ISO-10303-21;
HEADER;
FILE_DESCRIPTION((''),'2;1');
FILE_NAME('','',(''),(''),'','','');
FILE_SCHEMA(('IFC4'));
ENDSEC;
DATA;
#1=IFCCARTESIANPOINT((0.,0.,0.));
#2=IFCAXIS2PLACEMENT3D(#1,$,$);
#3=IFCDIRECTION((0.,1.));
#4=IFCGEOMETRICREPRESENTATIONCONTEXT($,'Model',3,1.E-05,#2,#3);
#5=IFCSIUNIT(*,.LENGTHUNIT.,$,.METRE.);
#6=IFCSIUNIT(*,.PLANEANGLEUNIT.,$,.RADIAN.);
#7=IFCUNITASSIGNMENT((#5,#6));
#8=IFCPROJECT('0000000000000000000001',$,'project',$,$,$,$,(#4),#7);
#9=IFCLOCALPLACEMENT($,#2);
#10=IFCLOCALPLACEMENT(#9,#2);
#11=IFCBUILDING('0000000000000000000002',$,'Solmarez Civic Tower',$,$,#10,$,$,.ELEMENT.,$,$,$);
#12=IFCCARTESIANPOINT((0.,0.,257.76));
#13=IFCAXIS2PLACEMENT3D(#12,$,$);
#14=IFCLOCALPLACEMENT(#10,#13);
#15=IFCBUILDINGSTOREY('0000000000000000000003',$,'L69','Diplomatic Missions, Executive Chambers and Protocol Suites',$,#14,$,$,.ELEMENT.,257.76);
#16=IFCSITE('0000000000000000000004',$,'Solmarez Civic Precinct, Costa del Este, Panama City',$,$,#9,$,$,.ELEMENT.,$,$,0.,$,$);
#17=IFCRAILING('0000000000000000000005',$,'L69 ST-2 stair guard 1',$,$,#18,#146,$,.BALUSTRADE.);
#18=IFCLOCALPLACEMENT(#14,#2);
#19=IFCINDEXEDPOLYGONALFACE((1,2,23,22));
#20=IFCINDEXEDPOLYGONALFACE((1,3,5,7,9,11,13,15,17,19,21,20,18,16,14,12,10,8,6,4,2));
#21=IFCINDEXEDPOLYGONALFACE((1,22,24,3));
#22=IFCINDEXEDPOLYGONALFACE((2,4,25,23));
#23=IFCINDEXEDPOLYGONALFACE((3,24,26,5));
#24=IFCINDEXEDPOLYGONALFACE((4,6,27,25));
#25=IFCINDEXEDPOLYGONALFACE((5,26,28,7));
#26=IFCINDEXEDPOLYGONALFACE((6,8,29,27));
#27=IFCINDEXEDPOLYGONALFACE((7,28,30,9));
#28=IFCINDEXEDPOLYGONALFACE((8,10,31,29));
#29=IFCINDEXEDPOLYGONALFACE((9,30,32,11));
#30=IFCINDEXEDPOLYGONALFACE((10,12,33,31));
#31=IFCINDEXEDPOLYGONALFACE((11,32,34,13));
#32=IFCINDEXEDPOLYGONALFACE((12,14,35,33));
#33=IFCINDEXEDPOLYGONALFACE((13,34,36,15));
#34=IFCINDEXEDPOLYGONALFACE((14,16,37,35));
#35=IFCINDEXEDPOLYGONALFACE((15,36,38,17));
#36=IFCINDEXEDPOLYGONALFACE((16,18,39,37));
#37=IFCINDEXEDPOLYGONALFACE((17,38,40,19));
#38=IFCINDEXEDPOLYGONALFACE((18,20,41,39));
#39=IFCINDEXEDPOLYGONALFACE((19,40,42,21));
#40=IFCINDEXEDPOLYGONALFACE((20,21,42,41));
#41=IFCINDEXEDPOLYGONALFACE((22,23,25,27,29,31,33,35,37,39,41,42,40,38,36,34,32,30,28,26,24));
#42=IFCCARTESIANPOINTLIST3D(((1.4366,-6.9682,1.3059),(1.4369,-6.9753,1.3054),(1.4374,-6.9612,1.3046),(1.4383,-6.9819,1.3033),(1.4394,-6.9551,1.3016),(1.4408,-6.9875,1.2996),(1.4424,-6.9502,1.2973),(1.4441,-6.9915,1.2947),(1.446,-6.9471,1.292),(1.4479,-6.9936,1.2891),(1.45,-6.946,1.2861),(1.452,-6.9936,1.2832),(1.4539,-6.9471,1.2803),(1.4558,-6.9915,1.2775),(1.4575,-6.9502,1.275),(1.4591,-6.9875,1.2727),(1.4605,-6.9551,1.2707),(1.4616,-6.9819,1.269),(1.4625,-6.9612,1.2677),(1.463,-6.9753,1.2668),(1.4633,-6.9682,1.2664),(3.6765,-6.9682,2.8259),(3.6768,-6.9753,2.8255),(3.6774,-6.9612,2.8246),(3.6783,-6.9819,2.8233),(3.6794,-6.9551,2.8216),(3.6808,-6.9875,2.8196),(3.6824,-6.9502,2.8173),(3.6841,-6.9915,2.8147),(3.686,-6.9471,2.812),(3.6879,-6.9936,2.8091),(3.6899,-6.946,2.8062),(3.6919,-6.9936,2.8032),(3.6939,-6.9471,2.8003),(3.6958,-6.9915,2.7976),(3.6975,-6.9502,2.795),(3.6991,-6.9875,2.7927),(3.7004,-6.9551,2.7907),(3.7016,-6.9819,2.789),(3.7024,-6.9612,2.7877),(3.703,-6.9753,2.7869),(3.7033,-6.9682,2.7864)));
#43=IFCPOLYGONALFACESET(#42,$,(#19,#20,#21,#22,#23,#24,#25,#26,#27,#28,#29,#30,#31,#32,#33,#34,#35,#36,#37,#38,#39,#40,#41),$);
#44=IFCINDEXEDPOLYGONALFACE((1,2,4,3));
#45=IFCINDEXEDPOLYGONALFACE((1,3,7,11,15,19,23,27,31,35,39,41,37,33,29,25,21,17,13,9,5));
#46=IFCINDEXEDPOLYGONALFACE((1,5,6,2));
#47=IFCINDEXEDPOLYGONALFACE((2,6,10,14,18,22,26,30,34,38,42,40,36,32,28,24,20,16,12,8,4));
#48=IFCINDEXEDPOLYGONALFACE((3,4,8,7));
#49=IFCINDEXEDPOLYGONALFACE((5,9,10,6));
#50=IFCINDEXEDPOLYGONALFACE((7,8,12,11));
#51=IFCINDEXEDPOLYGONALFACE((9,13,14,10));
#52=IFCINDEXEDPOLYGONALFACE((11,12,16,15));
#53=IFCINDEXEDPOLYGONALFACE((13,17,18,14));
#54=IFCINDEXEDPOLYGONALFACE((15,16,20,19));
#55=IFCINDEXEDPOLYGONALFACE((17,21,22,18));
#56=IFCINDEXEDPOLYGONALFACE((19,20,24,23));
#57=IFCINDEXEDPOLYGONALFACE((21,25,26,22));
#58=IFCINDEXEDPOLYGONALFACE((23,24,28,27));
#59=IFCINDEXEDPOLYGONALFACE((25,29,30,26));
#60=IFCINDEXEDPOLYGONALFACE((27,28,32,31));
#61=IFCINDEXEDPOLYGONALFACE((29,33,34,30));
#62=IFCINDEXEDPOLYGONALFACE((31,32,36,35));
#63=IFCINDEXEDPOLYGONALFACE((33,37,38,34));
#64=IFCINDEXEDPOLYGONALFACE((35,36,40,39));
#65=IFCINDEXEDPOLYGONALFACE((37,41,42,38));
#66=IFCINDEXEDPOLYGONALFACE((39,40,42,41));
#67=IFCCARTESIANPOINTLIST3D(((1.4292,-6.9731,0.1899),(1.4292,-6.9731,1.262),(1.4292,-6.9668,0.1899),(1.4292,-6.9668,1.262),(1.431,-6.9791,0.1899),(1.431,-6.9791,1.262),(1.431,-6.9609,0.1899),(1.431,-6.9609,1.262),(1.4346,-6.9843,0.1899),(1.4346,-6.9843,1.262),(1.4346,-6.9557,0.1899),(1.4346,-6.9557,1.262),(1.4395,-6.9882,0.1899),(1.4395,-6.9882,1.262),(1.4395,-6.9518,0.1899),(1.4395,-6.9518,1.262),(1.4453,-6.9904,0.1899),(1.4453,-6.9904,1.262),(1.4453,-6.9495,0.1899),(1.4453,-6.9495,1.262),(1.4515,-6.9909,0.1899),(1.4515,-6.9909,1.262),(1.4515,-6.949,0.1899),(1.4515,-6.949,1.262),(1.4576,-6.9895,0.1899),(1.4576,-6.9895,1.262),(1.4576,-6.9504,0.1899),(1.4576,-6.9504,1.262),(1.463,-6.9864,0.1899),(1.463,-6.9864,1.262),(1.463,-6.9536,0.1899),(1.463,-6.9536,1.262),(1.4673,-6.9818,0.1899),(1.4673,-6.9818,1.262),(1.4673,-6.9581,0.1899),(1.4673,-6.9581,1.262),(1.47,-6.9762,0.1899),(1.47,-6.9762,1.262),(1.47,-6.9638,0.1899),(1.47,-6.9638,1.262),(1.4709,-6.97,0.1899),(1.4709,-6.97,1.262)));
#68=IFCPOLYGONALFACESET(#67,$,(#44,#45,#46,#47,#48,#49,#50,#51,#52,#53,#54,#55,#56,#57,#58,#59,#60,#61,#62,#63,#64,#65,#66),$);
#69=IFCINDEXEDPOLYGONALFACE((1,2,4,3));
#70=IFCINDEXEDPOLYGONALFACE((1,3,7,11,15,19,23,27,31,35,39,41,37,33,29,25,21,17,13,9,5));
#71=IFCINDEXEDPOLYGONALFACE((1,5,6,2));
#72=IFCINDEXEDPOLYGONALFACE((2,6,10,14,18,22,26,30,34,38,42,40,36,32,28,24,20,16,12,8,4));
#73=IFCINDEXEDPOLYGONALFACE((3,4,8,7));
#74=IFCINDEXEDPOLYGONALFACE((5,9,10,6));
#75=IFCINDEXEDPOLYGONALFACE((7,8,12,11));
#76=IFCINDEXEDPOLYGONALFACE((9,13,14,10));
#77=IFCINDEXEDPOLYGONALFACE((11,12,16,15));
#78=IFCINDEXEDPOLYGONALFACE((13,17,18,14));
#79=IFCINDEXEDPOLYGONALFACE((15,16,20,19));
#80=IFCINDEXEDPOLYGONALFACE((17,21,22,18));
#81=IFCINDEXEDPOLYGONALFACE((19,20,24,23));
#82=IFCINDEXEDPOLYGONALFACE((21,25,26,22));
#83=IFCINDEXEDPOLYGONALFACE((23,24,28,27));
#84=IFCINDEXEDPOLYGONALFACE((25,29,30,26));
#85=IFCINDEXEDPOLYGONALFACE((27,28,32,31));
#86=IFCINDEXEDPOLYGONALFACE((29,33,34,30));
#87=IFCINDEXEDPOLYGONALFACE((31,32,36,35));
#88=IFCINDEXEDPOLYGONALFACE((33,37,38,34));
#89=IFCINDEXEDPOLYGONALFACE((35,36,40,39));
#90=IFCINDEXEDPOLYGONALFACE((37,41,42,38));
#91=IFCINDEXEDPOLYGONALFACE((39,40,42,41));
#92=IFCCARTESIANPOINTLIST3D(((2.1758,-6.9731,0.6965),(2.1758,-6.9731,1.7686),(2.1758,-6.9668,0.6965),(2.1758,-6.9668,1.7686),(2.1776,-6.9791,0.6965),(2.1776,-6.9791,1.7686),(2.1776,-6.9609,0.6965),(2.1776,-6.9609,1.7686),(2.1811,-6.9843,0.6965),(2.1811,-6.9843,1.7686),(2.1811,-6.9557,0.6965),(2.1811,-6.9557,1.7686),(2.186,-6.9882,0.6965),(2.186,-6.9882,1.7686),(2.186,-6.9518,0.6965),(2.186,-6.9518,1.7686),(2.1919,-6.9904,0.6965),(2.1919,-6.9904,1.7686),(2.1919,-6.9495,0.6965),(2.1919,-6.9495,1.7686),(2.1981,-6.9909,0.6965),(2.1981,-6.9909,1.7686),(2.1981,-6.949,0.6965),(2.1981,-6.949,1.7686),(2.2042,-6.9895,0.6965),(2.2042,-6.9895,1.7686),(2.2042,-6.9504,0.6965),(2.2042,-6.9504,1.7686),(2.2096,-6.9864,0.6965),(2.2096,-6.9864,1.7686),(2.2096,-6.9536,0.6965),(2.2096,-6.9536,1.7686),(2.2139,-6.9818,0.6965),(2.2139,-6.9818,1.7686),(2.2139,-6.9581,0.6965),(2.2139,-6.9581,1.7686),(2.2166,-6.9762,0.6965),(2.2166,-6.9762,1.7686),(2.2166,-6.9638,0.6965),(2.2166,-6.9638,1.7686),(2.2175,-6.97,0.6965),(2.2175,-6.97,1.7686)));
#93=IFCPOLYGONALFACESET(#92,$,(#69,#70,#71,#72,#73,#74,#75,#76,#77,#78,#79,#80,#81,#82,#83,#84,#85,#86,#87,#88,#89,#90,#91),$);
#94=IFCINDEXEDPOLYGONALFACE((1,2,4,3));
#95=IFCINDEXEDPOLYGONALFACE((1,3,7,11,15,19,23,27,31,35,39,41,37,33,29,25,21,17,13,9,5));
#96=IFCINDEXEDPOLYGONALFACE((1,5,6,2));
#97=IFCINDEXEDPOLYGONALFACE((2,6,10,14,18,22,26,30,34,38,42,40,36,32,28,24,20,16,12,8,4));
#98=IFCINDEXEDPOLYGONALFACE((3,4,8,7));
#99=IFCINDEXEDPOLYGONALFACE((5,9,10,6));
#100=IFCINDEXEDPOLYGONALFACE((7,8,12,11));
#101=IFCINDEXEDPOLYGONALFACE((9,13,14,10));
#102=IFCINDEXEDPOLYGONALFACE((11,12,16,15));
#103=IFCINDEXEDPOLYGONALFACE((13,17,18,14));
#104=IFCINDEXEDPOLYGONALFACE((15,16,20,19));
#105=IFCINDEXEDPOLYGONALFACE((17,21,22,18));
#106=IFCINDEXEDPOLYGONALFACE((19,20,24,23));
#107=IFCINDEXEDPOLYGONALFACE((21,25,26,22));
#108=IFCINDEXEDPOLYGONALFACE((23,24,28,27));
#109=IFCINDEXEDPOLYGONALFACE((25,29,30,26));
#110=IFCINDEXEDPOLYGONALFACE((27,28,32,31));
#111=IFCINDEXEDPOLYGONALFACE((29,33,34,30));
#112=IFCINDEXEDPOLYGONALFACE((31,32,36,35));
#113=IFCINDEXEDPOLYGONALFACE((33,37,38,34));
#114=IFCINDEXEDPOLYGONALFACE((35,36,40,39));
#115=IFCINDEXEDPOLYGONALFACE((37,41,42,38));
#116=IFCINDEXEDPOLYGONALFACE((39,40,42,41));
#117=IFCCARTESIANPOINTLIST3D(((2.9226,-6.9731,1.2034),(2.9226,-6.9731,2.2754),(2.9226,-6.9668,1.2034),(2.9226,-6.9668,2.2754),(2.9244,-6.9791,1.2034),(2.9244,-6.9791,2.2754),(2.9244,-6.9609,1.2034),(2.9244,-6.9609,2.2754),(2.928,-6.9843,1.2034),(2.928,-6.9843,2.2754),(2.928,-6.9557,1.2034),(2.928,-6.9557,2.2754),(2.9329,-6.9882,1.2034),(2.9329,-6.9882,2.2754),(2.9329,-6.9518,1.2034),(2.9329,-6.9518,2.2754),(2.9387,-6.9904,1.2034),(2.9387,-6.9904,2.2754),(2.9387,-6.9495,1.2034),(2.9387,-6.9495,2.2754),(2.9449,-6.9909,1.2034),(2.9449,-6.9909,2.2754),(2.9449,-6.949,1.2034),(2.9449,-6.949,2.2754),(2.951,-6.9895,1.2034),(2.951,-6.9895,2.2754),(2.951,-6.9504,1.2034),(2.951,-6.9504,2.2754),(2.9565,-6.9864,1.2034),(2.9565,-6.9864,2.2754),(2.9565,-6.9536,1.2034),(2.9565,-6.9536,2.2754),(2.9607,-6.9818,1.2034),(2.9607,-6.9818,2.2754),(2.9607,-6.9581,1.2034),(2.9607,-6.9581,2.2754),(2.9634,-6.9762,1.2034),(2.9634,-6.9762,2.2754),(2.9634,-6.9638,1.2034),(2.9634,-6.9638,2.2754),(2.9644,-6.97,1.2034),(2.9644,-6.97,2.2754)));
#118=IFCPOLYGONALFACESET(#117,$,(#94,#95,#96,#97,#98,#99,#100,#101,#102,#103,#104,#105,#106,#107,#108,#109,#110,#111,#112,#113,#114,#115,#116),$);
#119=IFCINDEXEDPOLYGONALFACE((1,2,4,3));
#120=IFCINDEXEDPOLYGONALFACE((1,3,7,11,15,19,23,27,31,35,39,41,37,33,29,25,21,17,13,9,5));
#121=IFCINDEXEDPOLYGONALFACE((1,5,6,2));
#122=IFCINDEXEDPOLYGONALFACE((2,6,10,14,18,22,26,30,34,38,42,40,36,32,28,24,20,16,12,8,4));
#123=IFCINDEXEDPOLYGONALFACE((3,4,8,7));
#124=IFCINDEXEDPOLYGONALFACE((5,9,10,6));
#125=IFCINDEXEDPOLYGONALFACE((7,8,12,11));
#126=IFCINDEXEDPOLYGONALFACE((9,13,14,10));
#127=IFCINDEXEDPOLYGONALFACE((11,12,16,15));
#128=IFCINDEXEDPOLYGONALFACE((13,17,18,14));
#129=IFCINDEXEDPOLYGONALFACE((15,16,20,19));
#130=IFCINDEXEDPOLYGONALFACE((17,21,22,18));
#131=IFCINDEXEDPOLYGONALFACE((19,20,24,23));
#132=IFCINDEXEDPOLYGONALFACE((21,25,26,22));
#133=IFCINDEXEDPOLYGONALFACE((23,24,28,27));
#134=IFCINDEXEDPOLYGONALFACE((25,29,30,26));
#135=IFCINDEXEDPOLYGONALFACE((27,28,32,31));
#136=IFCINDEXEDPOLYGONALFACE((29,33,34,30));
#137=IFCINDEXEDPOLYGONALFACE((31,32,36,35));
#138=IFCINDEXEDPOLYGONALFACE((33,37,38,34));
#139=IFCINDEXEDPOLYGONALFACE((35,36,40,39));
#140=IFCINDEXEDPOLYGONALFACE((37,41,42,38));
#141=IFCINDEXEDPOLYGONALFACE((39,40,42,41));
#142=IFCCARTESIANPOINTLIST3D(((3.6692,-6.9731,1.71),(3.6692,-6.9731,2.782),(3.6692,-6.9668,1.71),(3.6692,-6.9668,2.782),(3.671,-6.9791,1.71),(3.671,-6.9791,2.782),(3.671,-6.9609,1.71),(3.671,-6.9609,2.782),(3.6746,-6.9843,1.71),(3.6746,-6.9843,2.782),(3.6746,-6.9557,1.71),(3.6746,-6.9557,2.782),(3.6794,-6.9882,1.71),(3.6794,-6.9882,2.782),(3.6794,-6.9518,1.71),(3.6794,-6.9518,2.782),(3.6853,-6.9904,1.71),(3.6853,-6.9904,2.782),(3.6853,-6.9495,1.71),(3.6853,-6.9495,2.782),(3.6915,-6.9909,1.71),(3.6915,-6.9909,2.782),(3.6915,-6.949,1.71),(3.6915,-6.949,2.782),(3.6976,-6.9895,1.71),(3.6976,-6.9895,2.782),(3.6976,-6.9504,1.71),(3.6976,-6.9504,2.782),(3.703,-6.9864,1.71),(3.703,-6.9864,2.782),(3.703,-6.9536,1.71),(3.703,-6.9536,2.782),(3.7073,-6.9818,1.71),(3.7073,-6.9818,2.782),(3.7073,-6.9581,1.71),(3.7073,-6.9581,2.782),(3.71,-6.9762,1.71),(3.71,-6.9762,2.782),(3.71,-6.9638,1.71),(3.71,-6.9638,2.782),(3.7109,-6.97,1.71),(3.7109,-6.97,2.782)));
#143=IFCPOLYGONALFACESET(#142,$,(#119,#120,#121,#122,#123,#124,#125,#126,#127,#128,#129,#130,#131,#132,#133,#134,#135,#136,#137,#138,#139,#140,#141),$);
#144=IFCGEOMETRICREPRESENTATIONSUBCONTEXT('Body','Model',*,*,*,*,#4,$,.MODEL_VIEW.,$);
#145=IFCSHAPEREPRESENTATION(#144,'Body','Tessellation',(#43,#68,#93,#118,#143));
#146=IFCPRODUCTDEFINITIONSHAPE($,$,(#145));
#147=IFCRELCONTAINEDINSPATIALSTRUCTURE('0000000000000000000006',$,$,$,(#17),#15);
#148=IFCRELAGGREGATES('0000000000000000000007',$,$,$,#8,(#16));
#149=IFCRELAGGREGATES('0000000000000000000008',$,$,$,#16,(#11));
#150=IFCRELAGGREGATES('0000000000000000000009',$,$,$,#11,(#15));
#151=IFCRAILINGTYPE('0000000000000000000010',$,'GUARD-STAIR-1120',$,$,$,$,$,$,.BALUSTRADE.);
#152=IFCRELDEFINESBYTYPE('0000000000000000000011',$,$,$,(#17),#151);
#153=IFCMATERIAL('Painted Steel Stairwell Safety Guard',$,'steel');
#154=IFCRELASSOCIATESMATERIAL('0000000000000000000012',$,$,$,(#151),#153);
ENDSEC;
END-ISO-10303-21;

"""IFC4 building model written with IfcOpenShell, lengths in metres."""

from ifc_helpers import new_model, si_unit, direction, frame, origin, origin_2d, place, context, subcontext, project, spatial, circle, extrude, material, type_object, element, save


model = new_model("IFC4")

# Units and contexts
model_context = context("Model", 3, precision=1e-05, world=origin(), true_north=direction((0.0, 1.0)))
body_context = subcontext(model_context, "Body", "Model", "MODEL_VIEW")
ifc_project = project(units=[si_unit("LENGTHUNIT", "METRE"), si_unit("PLANEANGLEUNIT", "RADIAN")], contexts=[model_context])

# Site, building, storey
site_placement = place(None, origin())
site = spatial("IfcSite", under=ifc_project, at=site_placement, Name="Solmarez Civic Precinct, Costa del Este, Panama City", CompositionType="ELEMENT", RefElevation=0.0)
building_placement = place(site_placement, origin())
building = spatial("IfcBuilding", under=site, at=building_placement, Name="Solmarez Civic Tower", CompositionType="ELEMENT")
storey_placement = place(building_placement, frame((0.0, 0.0, 257.76)))
storey = spatial("IfcBuildingStorey", under=building, at=storey_placement, Name="L69", Description="Diplomatic Missions, Executive Chambers and Protocol Suites", CompositionType="ELEMENT", Elevation=257.76)

# Railing
ifc_material_1 = material(Name="Painted Steel Stairwell Safety Guard", Category="steel")
railing_type_1 = type_object("IfcRailingType", Name="GUARD-STAIR-1120", PredefinedType="BALUSTRADE", material=ifc_material_1)
railing_1_placement = place(storey_placement, frame((1.45, -6.97, 0.1899)))
element("IfcRailing", 1, at=railing_1_placement, inside=storey, type_object=railing_type_1, Name="L69 ST-2 stair guard 1", PredefinedType="BALUSTRADE", context=body_context, shape_type="SweptSolid", body=[
    extrude(circle(Radius=0.0239, at=origin_2d()), frame((0.0, 0.0, 1.0962), z_axis=(0.827471, 0.0, 0.561508), x_axis=(0.0, 1.0, 0.0)), (0.0, 0.0, 1.0), 2.707),
    extrude(circle(Radius=0.021, at=origin_2d()), origin(), (0.0, 0.0, 1.0), 1.072),
    extrude(circle(Radius=0.021, at=origin_2d()), frame((0.7466, 0.0, 0.5066)), (0.0, 0.0, 1.0), 1.072),
    extrude(circle(Radius=0.021, at=origin_2d()), frame((1.4934, 0.0, 1.0134)), (0.0, 0.0, 1.0), 1.072),
    extrude(circle(Radius=0.021, at=origin_2d()), frame((2.24, 0.0, 1.52)), (0.0, 0.0, 1.0), 1.072),
])

save(model, "model.ifc")
